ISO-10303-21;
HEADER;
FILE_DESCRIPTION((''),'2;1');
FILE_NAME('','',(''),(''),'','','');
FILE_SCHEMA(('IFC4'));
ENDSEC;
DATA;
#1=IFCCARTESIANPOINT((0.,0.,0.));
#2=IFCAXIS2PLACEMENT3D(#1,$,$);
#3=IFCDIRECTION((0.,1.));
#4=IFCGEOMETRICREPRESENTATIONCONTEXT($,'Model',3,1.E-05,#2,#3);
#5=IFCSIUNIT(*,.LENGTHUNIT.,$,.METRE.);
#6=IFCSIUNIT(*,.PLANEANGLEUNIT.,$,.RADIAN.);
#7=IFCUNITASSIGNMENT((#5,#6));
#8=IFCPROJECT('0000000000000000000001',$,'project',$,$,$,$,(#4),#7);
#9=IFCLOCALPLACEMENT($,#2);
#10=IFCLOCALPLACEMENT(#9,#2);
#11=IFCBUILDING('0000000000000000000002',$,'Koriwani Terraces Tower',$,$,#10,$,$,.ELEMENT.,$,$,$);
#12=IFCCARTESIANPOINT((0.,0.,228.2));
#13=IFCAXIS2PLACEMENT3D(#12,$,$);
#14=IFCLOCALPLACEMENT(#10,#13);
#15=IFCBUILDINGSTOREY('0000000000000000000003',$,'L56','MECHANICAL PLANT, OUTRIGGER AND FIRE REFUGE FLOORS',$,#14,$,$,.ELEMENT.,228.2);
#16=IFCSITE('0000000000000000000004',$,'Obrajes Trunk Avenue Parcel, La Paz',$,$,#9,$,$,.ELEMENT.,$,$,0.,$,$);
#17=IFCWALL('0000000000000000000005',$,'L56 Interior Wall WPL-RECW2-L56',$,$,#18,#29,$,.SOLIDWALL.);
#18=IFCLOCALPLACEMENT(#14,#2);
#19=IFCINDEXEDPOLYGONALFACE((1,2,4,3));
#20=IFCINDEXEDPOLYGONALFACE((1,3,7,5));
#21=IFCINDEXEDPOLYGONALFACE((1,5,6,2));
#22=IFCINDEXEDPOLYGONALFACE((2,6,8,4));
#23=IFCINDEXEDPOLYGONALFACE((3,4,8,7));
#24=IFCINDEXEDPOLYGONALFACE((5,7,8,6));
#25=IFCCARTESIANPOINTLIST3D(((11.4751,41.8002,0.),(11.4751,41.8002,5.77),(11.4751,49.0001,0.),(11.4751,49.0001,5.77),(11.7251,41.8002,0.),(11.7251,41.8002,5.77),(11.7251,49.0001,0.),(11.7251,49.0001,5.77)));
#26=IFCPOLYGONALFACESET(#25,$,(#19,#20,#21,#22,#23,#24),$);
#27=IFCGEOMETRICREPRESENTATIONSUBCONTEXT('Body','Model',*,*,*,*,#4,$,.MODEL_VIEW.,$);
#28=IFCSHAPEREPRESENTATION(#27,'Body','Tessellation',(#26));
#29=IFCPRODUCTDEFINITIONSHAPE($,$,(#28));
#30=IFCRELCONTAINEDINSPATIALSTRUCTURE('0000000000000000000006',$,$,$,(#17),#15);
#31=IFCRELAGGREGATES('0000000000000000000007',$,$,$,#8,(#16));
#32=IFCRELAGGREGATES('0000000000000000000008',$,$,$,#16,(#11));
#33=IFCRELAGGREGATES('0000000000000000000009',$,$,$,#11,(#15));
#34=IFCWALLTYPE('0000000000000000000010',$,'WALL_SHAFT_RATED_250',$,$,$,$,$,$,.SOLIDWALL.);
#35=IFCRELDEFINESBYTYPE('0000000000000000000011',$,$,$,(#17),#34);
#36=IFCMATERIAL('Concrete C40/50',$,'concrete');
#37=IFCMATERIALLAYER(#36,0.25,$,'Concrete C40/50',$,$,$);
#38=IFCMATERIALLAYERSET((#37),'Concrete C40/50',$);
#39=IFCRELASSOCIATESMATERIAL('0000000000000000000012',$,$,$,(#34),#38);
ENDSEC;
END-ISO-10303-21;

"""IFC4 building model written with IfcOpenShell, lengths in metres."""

from ifc_helpers import new_model, si_unit, direction, frame, frame_2d, origin, place, context, subcontext, project, spatial, rectangle, extrude, material, layer, layer_set, type_object, element, save


model = new_model("IFC4")

# Units and contexts
model_context = context("Model", 3, precision=1e-05, world=origin(), true_north=direction((0.0, 1.0)))
body_context = subcontext(model_context, "Body", "Model", "MODEL_VIEW")
ifc_project = project(units=[si_unit("LENGTHUNIT", "METRE"), si_unit("PLANEANGLEUNIT", "RADIAN")], contexts=[model_context])

# Site, building, storey
site_placement = place(None, origin())
site = spatial("IfcSite", under=ifc_project, at=site_placement, Name="Obrajes Trunk Avenue Parcel, La Paz", CompositionType="ELEMENT", RefElevation=0.0)
building_placement = place(site_placement, origin())
building = spatial("IfcBuilding", under=site, at=building_placement, Name="Koriwani Terraces Tower", CompositionType="ELEMENT")
storey_placement = place(building_placement, frame((0.0, 0.0, 228.2)))
storey = spatial("IfcBuildingStorey", under=building, at=storey_placement, Name="L56", Description="MECHANICAL PLANT, OUTRIGGER AND FIRE REFUGE FLOORS", CompositionType="ELEMENT", Elevation=228.2)

# Shared definitions
ifc_material_1 = material(Name="Concrete C40/50", Category="concrete")
ifc_layer_1 = layer(ifc_material_1, 0.25, Name="Concrete C40/50")
ifc_layer_set_1 = layer_set([ifc_layer_1], Name="Concrete C40/50")
wall_type_1 = type_object("IfcWallType", Name="WALL_SHAFT_RATED_250", PredefinedType="SOLIDWALL", material=ifc_layer_set_1)

# Wall
wall_1_placement = place(storey_placement, frame((11.6001, 41.8, 0.0), z_axis=(0.0, 0.0, 1.0), x_axis=(0.0, 1.0, 0.0)))
element("IfcWall", 1, at=wall_1_placement, inside=storey, type_object=wall_type_1, Name="L56 Interior Wall WPL-RECW2-L56", PredefinedType="SOLIDWALL", context=body_context, shape_type="SweptSolid", body=[
    extrude(rectangle(XDim=7.2, YDim=0.25, at=frame_2d((3.6001, 0.0))), origin(), (0.0, 0.0, 1.0), 5.77),
])

save(model, "model.ifc")
